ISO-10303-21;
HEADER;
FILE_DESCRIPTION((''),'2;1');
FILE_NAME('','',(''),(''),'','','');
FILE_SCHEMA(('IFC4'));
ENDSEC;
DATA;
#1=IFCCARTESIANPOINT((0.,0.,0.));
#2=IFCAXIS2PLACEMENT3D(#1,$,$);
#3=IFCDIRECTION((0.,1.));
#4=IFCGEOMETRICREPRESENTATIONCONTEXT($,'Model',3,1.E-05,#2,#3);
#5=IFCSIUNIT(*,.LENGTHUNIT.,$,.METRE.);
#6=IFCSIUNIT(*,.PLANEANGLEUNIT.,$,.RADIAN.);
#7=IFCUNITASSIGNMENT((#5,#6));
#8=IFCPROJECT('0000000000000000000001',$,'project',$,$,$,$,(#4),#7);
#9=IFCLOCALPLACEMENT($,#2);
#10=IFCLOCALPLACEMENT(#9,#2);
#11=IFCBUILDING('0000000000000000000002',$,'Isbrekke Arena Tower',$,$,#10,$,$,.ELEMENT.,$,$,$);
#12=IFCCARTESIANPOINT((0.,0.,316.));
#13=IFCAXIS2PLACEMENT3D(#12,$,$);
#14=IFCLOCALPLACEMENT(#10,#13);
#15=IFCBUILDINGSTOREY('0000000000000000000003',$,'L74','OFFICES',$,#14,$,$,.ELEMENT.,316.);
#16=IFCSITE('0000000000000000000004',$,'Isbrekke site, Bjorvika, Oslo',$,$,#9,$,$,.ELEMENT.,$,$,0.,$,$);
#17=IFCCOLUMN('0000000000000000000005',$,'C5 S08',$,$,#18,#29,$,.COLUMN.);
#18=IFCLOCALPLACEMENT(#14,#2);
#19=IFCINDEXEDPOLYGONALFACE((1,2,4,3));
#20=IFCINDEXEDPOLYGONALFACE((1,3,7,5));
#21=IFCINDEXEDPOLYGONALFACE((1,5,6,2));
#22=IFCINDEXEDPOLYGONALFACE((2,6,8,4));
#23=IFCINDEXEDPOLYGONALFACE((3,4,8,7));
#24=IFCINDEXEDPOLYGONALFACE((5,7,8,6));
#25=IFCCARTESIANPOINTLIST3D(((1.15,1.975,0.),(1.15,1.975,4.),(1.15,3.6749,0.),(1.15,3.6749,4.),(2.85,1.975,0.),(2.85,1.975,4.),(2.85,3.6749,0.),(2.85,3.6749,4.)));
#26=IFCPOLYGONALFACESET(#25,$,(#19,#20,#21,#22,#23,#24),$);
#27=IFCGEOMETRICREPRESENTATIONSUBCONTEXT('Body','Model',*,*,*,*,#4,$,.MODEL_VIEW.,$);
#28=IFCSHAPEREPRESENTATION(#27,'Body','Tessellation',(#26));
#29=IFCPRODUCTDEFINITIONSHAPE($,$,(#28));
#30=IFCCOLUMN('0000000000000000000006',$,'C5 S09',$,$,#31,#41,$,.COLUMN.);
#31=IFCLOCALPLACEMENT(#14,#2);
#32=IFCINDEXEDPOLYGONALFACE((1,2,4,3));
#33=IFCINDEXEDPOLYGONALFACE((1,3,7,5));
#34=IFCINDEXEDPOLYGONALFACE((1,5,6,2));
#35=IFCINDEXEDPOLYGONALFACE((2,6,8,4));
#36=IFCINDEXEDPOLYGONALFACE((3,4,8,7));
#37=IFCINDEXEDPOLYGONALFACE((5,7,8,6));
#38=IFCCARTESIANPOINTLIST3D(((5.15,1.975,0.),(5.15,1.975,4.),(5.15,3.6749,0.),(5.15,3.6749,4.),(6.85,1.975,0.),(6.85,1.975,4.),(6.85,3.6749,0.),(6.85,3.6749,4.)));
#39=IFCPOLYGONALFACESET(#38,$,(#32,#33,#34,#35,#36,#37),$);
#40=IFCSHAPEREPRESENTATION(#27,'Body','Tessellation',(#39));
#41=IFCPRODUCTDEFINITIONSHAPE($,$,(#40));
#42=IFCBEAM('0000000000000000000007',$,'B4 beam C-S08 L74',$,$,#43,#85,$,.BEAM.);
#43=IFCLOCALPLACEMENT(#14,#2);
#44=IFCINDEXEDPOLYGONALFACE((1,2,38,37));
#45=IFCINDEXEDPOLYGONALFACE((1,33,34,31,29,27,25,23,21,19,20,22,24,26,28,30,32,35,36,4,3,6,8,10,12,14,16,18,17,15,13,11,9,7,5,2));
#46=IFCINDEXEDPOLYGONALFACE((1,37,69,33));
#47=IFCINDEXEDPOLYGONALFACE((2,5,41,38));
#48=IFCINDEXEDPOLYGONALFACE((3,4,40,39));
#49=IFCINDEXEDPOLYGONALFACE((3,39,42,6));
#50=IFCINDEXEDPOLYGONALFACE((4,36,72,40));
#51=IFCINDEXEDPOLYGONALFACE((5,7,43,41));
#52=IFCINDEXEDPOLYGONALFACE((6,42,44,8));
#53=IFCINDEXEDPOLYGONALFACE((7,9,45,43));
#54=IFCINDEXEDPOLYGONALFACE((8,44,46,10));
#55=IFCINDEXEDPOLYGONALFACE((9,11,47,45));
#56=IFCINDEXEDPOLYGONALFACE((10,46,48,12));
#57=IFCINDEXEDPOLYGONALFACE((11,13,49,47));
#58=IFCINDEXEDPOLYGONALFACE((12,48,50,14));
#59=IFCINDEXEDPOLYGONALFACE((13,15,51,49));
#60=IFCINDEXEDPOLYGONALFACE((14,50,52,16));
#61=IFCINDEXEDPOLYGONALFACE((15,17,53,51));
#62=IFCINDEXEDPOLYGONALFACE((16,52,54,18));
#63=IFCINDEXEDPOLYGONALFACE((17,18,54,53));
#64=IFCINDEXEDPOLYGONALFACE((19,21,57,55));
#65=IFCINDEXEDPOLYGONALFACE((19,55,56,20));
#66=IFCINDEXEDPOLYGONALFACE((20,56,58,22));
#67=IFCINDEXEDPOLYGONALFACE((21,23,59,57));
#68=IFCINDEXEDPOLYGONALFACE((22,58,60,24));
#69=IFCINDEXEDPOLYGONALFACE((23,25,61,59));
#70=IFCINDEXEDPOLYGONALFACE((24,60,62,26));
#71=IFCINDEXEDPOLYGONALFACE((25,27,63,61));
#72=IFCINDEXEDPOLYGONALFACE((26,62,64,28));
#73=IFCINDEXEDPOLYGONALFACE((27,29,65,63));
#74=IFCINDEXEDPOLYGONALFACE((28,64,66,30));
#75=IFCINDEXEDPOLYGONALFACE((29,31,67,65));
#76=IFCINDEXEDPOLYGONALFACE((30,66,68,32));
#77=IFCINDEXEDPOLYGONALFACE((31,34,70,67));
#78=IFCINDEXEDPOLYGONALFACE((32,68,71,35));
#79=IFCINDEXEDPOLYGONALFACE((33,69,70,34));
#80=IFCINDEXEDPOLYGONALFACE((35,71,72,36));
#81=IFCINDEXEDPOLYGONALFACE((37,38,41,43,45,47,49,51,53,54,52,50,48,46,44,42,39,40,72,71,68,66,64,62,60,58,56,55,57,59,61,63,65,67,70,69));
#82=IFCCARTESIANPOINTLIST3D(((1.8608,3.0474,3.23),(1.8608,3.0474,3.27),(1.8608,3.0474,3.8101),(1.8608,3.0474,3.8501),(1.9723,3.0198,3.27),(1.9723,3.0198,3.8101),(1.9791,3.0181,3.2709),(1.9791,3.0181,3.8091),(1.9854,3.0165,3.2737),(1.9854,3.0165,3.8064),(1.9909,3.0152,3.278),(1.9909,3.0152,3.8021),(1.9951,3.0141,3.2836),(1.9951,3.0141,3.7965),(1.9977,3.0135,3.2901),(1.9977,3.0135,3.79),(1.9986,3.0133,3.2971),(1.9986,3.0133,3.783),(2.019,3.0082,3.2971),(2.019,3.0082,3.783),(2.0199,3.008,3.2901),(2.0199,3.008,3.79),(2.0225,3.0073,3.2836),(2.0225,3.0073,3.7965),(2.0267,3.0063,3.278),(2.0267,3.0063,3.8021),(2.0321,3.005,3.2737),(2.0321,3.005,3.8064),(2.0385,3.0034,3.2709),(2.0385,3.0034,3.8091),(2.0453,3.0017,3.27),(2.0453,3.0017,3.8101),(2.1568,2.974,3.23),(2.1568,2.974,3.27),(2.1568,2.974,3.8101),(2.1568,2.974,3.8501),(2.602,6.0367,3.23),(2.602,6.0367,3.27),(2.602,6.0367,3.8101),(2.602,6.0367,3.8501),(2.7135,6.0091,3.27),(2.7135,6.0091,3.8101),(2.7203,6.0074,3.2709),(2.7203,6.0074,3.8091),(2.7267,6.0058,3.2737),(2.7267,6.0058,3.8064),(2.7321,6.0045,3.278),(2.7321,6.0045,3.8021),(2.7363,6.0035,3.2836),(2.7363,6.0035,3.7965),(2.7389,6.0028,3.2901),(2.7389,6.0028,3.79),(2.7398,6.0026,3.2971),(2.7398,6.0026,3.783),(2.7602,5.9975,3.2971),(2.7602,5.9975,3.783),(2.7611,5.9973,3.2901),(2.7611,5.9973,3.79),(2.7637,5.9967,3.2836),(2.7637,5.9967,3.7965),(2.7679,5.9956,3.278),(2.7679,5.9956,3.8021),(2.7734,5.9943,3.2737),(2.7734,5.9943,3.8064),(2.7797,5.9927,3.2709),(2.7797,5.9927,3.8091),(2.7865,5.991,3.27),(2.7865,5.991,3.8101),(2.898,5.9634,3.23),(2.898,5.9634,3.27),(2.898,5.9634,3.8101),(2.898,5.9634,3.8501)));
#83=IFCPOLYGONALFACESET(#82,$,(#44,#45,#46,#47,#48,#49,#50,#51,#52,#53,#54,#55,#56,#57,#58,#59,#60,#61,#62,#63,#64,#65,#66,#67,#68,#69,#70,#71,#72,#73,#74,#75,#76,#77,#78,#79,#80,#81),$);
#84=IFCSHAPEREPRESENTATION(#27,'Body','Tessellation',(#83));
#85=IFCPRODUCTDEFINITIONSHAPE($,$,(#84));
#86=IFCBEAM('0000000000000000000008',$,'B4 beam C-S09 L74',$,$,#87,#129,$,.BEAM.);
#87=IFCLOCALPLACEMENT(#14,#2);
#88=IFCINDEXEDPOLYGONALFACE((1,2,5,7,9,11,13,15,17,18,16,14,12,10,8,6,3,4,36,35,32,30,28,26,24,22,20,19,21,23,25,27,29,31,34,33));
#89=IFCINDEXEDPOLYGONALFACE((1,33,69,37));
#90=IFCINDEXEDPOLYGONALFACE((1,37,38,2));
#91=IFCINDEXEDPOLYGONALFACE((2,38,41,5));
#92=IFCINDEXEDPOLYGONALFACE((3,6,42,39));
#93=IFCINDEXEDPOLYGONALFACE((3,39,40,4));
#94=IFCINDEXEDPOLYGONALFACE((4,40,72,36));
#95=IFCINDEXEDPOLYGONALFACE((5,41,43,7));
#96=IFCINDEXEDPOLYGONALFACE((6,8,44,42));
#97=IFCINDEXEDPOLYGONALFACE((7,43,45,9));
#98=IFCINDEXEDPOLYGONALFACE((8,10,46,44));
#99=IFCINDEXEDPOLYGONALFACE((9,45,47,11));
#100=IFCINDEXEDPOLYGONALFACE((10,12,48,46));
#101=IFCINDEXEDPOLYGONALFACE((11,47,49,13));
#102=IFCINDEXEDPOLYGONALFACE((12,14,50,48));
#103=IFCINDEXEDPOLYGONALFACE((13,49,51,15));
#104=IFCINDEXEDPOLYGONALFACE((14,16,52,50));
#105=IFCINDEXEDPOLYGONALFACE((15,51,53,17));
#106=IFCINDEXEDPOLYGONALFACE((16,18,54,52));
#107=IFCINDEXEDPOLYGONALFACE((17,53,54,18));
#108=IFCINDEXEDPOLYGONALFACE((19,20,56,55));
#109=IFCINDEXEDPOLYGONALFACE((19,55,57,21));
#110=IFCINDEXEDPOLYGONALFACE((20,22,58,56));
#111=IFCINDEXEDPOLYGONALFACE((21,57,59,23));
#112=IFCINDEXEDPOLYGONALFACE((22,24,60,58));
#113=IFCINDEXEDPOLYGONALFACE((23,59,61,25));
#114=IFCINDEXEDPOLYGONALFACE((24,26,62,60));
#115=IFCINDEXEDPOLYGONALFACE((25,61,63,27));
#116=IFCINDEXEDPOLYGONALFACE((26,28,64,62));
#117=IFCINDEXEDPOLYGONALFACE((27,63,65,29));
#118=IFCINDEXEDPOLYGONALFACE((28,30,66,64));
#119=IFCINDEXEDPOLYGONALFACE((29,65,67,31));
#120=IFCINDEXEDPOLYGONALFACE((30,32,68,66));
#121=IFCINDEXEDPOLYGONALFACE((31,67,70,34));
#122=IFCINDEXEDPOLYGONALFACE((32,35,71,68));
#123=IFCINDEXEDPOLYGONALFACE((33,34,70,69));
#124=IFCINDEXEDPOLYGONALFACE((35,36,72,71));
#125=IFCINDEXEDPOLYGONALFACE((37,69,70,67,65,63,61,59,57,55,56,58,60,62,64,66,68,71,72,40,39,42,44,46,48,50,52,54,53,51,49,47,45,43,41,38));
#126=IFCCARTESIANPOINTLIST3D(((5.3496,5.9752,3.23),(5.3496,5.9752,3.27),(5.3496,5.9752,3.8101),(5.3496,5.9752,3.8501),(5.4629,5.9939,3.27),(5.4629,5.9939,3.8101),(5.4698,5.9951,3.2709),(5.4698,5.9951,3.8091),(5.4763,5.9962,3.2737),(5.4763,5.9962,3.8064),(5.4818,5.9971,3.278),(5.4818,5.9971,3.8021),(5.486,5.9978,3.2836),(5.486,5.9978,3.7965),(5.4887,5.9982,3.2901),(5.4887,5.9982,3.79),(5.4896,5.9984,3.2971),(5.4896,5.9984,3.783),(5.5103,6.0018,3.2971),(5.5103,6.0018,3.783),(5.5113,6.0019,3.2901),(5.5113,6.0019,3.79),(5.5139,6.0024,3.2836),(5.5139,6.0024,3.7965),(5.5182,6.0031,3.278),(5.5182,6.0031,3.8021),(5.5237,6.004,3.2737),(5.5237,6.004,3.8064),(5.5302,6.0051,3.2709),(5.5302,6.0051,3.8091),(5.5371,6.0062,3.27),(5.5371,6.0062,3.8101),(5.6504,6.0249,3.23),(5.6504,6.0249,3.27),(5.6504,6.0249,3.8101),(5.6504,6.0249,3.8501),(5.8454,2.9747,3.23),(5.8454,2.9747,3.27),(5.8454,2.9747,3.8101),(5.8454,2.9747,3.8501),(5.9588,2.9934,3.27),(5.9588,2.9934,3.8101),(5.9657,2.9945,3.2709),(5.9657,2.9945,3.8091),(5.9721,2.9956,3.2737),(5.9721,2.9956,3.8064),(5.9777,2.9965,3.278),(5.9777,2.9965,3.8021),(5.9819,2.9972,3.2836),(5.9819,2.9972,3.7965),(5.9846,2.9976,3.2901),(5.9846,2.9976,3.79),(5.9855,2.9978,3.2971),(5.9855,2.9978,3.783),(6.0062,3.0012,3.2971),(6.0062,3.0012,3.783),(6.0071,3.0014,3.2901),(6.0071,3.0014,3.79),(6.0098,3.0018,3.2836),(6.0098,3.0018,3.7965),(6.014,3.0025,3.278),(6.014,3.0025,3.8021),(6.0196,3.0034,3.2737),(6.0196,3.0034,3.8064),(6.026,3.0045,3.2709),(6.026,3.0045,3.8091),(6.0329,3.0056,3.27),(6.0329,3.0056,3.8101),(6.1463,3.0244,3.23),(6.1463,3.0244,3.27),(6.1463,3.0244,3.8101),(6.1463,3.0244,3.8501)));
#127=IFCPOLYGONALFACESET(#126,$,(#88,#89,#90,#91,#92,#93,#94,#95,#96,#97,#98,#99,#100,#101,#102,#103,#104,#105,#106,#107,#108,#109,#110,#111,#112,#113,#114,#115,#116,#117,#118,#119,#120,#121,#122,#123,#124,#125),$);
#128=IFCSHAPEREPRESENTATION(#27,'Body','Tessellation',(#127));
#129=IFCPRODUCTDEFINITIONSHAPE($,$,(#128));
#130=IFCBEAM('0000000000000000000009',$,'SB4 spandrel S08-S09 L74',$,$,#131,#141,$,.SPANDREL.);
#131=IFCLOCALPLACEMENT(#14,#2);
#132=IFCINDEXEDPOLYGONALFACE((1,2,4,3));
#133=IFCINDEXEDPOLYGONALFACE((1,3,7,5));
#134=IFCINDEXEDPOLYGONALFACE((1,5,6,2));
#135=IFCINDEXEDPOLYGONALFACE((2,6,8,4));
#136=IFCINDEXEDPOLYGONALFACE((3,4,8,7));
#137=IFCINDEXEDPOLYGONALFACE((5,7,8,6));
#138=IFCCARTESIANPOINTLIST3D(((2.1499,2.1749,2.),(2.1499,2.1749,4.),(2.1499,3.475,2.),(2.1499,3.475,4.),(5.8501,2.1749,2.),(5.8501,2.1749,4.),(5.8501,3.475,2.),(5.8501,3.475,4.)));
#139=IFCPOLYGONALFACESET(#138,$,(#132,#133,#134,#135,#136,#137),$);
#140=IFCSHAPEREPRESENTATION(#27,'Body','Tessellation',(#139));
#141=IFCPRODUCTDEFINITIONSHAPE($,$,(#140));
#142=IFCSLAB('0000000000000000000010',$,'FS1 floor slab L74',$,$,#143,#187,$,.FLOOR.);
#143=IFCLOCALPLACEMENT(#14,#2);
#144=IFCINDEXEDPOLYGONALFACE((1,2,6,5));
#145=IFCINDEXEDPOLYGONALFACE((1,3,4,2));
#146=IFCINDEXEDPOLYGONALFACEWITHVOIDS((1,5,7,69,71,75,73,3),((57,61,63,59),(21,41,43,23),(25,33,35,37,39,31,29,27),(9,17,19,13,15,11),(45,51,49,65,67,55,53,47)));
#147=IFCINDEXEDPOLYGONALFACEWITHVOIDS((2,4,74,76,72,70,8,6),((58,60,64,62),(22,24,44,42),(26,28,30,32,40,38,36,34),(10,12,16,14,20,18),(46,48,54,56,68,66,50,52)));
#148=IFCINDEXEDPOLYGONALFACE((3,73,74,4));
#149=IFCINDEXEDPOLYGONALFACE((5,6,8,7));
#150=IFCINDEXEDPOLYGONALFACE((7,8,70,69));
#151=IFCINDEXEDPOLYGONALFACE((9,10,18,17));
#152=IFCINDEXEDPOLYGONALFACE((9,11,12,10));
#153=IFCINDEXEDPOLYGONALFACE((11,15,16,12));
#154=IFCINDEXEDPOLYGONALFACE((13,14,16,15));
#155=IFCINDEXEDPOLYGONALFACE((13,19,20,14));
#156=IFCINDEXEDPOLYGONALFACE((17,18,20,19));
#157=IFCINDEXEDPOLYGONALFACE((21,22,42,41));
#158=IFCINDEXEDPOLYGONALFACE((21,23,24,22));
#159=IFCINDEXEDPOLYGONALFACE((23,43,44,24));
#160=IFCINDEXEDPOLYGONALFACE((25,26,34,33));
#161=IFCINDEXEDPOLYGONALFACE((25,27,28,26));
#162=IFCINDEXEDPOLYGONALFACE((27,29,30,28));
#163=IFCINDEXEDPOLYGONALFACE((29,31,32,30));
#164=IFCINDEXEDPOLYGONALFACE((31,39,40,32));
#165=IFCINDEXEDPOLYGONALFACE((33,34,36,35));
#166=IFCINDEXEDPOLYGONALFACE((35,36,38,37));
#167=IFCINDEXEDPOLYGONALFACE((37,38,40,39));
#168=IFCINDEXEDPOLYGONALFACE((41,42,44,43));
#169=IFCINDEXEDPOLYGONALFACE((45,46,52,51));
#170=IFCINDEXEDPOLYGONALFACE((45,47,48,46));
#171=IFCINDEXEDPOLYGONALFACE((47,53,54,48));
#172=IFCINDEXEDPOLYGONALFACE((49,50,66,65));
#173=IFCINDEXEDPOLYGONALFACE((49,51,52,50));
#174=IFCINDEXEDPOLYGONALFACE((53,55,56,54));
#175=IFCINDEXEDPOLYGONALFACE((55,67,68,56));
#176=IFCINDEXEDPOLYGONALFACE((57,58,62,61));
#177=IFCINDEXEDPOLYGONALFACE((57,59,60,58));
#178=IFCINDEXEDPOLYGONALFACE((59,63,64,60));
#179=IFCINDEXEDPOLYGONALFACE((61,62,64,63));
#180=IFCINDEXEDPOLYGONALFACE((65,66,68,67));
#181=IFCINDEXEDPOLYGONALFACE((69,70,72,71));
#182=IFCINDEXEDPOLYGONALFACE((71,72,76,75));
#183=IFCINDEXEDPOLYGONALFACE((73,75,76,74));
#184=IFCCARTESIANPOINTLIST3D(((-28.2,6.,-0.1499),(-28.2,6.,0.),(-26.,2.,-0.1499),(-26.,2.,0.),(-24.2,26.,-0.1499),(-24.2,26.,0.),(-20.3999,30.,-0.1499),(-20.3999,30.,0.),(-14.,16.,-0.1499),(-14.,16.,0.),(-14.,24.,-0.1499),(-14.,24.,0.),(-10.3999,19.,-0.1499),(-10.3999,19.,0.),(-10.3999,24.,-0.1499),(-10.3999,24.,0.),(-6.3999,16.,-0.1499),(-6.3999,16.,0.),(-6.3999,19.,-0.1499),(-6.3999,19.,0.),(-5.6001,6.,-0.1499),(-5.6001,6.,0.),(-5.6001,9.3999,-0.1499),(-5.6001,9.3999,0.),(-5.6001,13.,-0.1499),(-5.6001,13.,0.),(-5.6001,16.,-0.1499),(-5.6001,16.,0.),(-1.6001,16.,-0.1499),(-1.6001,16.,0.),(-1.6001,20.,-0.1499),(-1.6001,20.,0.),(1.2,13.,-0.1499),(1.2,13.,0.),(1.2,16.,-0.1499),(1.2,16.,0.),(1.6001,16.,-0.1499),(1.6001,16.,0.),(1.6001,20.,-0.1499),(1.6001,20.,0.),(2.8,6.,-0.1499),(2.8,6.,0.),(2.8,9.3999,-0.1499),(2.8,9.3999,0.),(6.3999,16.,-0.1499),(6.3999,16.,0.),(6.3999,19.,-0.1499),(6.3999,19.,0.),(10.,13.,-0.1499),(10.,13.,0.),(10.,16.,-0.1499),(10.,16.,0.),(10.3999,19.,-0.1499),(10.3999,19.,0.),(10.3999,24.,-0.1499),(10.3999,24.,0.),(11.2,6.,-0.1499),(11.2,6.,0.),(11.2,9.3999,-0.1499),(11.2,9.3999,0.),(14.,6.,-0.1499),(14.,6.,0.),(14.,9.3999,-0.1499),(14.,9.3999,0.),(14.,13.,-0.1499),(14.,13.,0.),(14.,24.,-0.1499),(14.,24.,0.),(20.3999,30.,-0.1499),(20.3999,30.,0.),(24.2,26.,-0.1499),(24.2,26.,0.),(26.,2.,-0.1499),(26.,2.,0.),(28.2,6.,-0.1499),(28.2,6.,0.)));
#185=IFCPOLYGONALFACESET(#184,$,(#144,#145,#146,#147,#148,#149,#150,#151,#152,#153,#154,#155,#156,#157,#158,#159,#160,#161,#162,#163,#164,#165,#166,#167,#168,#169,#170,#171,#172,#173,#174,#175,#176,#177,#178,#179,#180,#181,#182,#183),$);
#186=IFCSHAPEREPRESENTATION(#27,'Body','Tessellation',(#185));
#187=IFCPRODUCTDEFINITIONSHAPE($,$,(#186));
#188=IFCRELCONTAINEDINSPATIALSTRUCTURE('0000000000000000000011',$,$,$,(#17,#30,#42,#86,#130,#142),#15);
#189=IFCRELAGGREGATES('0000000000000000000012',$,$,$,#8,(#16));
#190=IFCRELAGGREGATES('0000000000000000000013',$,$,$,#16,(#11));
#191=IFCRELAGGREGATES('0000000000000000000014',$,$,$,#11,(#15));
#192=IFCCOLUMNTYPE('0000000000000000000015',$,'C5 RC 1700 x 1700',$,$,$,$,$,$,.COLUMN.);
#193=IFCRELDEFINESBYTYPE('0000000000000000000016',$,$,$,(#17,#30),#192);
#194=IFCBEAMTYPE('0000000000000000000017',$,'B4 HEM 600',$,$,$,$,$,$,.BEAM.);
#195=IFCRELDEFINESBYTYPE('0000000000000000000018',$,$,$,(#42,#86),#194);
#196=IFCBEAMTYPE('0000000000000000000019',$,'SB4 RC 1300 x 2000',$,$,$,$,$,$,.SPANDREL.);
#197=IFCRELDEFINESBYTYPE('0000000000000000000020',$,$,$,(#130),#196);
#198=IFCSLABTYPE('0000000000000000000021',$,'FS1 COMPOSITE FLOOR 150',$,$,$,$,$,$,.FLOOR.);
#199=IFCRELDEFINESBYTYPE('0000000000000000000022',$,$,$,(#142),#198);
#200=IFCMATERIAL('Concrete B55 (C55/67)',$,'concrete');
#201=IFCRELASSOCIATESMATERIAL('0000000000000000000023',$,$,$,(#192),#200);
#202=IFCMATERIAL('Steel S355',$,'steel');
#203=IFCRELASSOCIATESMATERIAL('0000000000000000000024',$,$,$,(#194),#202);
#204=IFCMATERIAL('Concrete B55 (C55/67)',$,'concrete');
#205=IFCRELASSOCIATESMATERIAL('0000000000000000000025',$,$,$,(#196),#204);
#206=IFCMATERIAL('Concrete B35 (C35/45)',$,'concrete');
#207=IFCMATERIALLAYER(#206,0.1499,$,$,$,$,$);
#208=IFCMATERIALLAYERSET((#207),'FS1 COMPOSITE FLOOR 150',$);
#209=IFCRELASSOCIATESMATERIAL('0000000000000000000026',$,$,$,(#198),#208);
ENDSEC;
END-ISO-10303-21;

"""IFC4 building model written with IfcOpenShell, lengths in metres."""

from ifc_helpers import new_model, si_unit, direction, frame, origin, origin_2d, place, context, subcontext, project, spatial, polyline, rectangle, i_section, outline, extrude, material, layer, layer_set, material_profile, profile_set, type_object, element, save


model = new_model("IFC4")

# Units and contexts
model_context = context("Model", 3, precision=1e-05, world=origin(), true_north=direction((0.0, 1.0)))
body_context = subcontext(model_context, "Body", "Model", "MODEL_VIEW")
ifc_project = project(units=[si_unit("LENGTHUNIT", "METRE"), si_unit("PLANEANGLEUNIT", "RADIAN")], contexts=[model_context])

# Site, building, storey
site_placement = place(None, origin())
site = spatial("IfcSite", under=ifc_project, at=site_placement, Name="Isbrekke site, Bjorvika, Oslo", CompositionType="ELEMENT", RefElevation=0.0)
building_placement = place(site_placement, origin())
building = spatial("IfcBuilding", under=site, at=building_placement, Name="Isbrekke Arena Tower", CompositionType="ELEMENT")
storey_placement = place(building_placement, frame((0.0, 0.0, 316.0)))
storey = spatial("IfcBuildingStorey", under=building, at=storey_placement, Name="L74", Description="OFFICES", CompositionType="ELEMENT", Elevation=316.0)

# Columns
ifc_material_1 = material(Name="Concrete B55 (C55/67)", Category="concrete")
ifc_material_profile_1 = material_profile(ifc_material_1, rectangle(XDim=1.7, YDim=1.7, at=origin_2d()), Name="RC 1700x1700")
ifc_profile_set_1 = profile_set([ifc_material_profile_1], Name="Concrete B55 (C55/67)")
column_type = type_object("IfcColumnType", Name="C5 RC 1700 x 1700", PredefinedType="COLUMN", material=ifc_profile_set_1)
for number, where, z_axis, x_axis, name in (
    (1, (2.0, 2.825, 0.0), (0.0, 0.0, 1.0), (1.0, 0.0, 0.0), "C5 S08"),
    (2, (6.0, 2.825, 0.0), (0.0, 0.0, 1.0), (1.0, 0.0, 0.0), "C5 S09"),
):
    element("IfcColumn", number, at=place(storey_placement, frame(where, z_axis=z_axis, x_axis=x_axis)), inside=storey, type_object=column_type, Name=name, PredefinedType="COLUMN", context=body_context, shape_type="SweptSolid", body=[
        extrude(rectangle(XDim=1.7, YDim=1.7, at=origin_2d()), origin(), (0.0, 0.0, 1.0), 4.0),
    ])

# Beams
ifc_material_2 = material(Name="Steel S355", Category="steel")
ifc_material_profile_2 = material_profile(ifc_material_2, i_section(OverallWidth=0.3049, OverallDepth=0.6201, WebThickness=0.021, FlangeThickness=0.04, FilletRadius=0.0271, at=origin_2d()), Name="HEM 600")
ifc_profile_set_2 = profile_set([ifc_material_profile_2], Name="Steel S355")
beam_type_1 = type_object("IfcBeamType", Name="B4 HEM 600", PredefinedType="BEAM", material=ifc_profile_set_2)
beam_1_placement = place(storey_placement, frame((2.0088, 3.0107, 3.54), z_axis=(0.24067, 0.970607, 0.0), x_axis=(-0.970607, 0.24067, 0.0)))
element("IfcBeam", 3, at=beam_1_placement, inside=storey, type_object=beam_type_1, Name="B4 beam C-S08 L74", PredefinedType="BEAM", context=body_context, shape_type="SweptSolid", body=[
    extrude(i_section(OverallWidth=0.3049, OverallDepth=0.6201, WebThickness=0.021, FlangeThickness=0.04, FilletRadius=0.0271, at=origin_2d()), origin(), (0.0, 0.0, 1.0), 3.0798),
])
beam_2_placement = place(storey_placement, frame((5.9958, 2.9995, 3.54), z_axis=(-0.163045, 0.986619, 0.0), x_axis=(-0.986619, -0.163045, 0.0)))
element("IfcBeam", 4, at=beam_2_placement, inside=storey, type_object=beam_type_1, Name="B4 beam C-S09 L74", PredefinedType="BEAM", context=body_context, shape_type="SweptSolid", body=[
    extrude(i_section(OverallWidth=0.3049, OverallDepth=0.6201, WebThickness=0.021, FlangeThickness=0.04, FilletRadius=0.0271, at=origin_2d()), origin(), (0.0, 0.0, 1.0), 3.0413),
])
ifc_material_3 = material(Name="Concrete B55 (C55/67)", Category="concrete")
ifc_material_profile_3 = material_profile(ifc_material_3, rectangle(XDim=1.3, YDim=2.0, at=origin_2d()), Name="RC 1300x2000")
ifc_profile_set_3 = profile_set([ifc_material_profile_3], Name="Concrete B55 (C55/67)")
beam_type_2 = type_object("IfcBeamType", Name="SB4 RC 1300 x 2000", PredefinedType="SPANDREL", material=ifc_profile_set_3)
beam_3_placement = place(storey_placement, frame((2.1499, 2.825, 3.0), z_axis=(1.0, 0.0, 0.0), x_axis=(0.0, 1.0, 0.0)))
element("IfcBeam", 5, at=beam_3_placement, inside=storey, type_object=beam_type_2, Name="SB4 spandrel S08-S09 L74", PredefinedType="SPANDREL", context=body_context, shape_type="SweptSolid", body=[
    extrude(rectangle(XDim=1.3, YDim=2.0, at=origin_2d()), origin(), (0.0, 0.0, 1.0), 3.7002),
])

# Slab
ifc_material_4 = material(Name="Concrete B35 (C35/45)", Category="concrete")
ifc_layer_1 = layer(ifc_material_4, 0.1499)
ifc_layer_set_1 = layer_set([ifc_layer_1], Name="FS1 COMPOSITE FLOOR 150")
slab_type_1 = type_object("IfcSlabType", Name="FS1 COMPOSITE FLOOR 150", PredefinedType="FLOOR", material=ifc_layer_set_1)
slab_1_placement = place(storey_placement, frame((0.0, 0.0, -0.1499)))
element("IfcSlab", 6, at=slab_1_placement, inside=storey, type_object=slab_type_1, Name="FS1 floor slab L74", PredefinedType="FLOOR", context=body_context, shape_type="SweptSolid", body=[
    extrude(outline(polyline([(-26.0, 2.0), (26.0, 2.0), (28.2, 6.0), (24.2, 26.0), (20.3999, 30.0), (-20.3999, 30.0), (-24.2, 26.0), (-28.2, 6.0), (-26.0, 2.0)]), holes=[polyline([(2.8, 9.3999), (2.8, 6.0), (-5.6001, 6.0), (-5.6001, 9.3999), (2.8, 9.3999)]), polyline([(11.2, 6.0), (11.2, 9.3999), (14.0, 9.3999), (14.0, 6.0), (11.2, 6.0)]), polyline([(-5.6001, 13.0), (-5.6001, 16.0), (-1.6001, 16.0), (-1.6001, 20.0), (1.6001, 20.0), (1.6001, 16.0), (1.2, 16.0), (1.2, 13.0), (-5.6001, 13.0)]), polyline([(14.0, 13.0), (10.0, 13.0), (10.0, 16.0), (6.3999, 16.0), (6.3999, 19.0), (10.3999, 19.0), (10.3999, 24.0), (14.0, 24.0), (14.0, 13.0)]), polyline([(-6.3999, 19.0), (-6.3999, 16.0), (-14.0, 16.0), (-14.0, 24.0), (-10.3999, 24.0), (-10.3999, 19.0), (-6.3999, 19.0)])]), origin(), (0.0, 0.0, 1.0), 0.1499),
])

save(model, "model.ifc")
